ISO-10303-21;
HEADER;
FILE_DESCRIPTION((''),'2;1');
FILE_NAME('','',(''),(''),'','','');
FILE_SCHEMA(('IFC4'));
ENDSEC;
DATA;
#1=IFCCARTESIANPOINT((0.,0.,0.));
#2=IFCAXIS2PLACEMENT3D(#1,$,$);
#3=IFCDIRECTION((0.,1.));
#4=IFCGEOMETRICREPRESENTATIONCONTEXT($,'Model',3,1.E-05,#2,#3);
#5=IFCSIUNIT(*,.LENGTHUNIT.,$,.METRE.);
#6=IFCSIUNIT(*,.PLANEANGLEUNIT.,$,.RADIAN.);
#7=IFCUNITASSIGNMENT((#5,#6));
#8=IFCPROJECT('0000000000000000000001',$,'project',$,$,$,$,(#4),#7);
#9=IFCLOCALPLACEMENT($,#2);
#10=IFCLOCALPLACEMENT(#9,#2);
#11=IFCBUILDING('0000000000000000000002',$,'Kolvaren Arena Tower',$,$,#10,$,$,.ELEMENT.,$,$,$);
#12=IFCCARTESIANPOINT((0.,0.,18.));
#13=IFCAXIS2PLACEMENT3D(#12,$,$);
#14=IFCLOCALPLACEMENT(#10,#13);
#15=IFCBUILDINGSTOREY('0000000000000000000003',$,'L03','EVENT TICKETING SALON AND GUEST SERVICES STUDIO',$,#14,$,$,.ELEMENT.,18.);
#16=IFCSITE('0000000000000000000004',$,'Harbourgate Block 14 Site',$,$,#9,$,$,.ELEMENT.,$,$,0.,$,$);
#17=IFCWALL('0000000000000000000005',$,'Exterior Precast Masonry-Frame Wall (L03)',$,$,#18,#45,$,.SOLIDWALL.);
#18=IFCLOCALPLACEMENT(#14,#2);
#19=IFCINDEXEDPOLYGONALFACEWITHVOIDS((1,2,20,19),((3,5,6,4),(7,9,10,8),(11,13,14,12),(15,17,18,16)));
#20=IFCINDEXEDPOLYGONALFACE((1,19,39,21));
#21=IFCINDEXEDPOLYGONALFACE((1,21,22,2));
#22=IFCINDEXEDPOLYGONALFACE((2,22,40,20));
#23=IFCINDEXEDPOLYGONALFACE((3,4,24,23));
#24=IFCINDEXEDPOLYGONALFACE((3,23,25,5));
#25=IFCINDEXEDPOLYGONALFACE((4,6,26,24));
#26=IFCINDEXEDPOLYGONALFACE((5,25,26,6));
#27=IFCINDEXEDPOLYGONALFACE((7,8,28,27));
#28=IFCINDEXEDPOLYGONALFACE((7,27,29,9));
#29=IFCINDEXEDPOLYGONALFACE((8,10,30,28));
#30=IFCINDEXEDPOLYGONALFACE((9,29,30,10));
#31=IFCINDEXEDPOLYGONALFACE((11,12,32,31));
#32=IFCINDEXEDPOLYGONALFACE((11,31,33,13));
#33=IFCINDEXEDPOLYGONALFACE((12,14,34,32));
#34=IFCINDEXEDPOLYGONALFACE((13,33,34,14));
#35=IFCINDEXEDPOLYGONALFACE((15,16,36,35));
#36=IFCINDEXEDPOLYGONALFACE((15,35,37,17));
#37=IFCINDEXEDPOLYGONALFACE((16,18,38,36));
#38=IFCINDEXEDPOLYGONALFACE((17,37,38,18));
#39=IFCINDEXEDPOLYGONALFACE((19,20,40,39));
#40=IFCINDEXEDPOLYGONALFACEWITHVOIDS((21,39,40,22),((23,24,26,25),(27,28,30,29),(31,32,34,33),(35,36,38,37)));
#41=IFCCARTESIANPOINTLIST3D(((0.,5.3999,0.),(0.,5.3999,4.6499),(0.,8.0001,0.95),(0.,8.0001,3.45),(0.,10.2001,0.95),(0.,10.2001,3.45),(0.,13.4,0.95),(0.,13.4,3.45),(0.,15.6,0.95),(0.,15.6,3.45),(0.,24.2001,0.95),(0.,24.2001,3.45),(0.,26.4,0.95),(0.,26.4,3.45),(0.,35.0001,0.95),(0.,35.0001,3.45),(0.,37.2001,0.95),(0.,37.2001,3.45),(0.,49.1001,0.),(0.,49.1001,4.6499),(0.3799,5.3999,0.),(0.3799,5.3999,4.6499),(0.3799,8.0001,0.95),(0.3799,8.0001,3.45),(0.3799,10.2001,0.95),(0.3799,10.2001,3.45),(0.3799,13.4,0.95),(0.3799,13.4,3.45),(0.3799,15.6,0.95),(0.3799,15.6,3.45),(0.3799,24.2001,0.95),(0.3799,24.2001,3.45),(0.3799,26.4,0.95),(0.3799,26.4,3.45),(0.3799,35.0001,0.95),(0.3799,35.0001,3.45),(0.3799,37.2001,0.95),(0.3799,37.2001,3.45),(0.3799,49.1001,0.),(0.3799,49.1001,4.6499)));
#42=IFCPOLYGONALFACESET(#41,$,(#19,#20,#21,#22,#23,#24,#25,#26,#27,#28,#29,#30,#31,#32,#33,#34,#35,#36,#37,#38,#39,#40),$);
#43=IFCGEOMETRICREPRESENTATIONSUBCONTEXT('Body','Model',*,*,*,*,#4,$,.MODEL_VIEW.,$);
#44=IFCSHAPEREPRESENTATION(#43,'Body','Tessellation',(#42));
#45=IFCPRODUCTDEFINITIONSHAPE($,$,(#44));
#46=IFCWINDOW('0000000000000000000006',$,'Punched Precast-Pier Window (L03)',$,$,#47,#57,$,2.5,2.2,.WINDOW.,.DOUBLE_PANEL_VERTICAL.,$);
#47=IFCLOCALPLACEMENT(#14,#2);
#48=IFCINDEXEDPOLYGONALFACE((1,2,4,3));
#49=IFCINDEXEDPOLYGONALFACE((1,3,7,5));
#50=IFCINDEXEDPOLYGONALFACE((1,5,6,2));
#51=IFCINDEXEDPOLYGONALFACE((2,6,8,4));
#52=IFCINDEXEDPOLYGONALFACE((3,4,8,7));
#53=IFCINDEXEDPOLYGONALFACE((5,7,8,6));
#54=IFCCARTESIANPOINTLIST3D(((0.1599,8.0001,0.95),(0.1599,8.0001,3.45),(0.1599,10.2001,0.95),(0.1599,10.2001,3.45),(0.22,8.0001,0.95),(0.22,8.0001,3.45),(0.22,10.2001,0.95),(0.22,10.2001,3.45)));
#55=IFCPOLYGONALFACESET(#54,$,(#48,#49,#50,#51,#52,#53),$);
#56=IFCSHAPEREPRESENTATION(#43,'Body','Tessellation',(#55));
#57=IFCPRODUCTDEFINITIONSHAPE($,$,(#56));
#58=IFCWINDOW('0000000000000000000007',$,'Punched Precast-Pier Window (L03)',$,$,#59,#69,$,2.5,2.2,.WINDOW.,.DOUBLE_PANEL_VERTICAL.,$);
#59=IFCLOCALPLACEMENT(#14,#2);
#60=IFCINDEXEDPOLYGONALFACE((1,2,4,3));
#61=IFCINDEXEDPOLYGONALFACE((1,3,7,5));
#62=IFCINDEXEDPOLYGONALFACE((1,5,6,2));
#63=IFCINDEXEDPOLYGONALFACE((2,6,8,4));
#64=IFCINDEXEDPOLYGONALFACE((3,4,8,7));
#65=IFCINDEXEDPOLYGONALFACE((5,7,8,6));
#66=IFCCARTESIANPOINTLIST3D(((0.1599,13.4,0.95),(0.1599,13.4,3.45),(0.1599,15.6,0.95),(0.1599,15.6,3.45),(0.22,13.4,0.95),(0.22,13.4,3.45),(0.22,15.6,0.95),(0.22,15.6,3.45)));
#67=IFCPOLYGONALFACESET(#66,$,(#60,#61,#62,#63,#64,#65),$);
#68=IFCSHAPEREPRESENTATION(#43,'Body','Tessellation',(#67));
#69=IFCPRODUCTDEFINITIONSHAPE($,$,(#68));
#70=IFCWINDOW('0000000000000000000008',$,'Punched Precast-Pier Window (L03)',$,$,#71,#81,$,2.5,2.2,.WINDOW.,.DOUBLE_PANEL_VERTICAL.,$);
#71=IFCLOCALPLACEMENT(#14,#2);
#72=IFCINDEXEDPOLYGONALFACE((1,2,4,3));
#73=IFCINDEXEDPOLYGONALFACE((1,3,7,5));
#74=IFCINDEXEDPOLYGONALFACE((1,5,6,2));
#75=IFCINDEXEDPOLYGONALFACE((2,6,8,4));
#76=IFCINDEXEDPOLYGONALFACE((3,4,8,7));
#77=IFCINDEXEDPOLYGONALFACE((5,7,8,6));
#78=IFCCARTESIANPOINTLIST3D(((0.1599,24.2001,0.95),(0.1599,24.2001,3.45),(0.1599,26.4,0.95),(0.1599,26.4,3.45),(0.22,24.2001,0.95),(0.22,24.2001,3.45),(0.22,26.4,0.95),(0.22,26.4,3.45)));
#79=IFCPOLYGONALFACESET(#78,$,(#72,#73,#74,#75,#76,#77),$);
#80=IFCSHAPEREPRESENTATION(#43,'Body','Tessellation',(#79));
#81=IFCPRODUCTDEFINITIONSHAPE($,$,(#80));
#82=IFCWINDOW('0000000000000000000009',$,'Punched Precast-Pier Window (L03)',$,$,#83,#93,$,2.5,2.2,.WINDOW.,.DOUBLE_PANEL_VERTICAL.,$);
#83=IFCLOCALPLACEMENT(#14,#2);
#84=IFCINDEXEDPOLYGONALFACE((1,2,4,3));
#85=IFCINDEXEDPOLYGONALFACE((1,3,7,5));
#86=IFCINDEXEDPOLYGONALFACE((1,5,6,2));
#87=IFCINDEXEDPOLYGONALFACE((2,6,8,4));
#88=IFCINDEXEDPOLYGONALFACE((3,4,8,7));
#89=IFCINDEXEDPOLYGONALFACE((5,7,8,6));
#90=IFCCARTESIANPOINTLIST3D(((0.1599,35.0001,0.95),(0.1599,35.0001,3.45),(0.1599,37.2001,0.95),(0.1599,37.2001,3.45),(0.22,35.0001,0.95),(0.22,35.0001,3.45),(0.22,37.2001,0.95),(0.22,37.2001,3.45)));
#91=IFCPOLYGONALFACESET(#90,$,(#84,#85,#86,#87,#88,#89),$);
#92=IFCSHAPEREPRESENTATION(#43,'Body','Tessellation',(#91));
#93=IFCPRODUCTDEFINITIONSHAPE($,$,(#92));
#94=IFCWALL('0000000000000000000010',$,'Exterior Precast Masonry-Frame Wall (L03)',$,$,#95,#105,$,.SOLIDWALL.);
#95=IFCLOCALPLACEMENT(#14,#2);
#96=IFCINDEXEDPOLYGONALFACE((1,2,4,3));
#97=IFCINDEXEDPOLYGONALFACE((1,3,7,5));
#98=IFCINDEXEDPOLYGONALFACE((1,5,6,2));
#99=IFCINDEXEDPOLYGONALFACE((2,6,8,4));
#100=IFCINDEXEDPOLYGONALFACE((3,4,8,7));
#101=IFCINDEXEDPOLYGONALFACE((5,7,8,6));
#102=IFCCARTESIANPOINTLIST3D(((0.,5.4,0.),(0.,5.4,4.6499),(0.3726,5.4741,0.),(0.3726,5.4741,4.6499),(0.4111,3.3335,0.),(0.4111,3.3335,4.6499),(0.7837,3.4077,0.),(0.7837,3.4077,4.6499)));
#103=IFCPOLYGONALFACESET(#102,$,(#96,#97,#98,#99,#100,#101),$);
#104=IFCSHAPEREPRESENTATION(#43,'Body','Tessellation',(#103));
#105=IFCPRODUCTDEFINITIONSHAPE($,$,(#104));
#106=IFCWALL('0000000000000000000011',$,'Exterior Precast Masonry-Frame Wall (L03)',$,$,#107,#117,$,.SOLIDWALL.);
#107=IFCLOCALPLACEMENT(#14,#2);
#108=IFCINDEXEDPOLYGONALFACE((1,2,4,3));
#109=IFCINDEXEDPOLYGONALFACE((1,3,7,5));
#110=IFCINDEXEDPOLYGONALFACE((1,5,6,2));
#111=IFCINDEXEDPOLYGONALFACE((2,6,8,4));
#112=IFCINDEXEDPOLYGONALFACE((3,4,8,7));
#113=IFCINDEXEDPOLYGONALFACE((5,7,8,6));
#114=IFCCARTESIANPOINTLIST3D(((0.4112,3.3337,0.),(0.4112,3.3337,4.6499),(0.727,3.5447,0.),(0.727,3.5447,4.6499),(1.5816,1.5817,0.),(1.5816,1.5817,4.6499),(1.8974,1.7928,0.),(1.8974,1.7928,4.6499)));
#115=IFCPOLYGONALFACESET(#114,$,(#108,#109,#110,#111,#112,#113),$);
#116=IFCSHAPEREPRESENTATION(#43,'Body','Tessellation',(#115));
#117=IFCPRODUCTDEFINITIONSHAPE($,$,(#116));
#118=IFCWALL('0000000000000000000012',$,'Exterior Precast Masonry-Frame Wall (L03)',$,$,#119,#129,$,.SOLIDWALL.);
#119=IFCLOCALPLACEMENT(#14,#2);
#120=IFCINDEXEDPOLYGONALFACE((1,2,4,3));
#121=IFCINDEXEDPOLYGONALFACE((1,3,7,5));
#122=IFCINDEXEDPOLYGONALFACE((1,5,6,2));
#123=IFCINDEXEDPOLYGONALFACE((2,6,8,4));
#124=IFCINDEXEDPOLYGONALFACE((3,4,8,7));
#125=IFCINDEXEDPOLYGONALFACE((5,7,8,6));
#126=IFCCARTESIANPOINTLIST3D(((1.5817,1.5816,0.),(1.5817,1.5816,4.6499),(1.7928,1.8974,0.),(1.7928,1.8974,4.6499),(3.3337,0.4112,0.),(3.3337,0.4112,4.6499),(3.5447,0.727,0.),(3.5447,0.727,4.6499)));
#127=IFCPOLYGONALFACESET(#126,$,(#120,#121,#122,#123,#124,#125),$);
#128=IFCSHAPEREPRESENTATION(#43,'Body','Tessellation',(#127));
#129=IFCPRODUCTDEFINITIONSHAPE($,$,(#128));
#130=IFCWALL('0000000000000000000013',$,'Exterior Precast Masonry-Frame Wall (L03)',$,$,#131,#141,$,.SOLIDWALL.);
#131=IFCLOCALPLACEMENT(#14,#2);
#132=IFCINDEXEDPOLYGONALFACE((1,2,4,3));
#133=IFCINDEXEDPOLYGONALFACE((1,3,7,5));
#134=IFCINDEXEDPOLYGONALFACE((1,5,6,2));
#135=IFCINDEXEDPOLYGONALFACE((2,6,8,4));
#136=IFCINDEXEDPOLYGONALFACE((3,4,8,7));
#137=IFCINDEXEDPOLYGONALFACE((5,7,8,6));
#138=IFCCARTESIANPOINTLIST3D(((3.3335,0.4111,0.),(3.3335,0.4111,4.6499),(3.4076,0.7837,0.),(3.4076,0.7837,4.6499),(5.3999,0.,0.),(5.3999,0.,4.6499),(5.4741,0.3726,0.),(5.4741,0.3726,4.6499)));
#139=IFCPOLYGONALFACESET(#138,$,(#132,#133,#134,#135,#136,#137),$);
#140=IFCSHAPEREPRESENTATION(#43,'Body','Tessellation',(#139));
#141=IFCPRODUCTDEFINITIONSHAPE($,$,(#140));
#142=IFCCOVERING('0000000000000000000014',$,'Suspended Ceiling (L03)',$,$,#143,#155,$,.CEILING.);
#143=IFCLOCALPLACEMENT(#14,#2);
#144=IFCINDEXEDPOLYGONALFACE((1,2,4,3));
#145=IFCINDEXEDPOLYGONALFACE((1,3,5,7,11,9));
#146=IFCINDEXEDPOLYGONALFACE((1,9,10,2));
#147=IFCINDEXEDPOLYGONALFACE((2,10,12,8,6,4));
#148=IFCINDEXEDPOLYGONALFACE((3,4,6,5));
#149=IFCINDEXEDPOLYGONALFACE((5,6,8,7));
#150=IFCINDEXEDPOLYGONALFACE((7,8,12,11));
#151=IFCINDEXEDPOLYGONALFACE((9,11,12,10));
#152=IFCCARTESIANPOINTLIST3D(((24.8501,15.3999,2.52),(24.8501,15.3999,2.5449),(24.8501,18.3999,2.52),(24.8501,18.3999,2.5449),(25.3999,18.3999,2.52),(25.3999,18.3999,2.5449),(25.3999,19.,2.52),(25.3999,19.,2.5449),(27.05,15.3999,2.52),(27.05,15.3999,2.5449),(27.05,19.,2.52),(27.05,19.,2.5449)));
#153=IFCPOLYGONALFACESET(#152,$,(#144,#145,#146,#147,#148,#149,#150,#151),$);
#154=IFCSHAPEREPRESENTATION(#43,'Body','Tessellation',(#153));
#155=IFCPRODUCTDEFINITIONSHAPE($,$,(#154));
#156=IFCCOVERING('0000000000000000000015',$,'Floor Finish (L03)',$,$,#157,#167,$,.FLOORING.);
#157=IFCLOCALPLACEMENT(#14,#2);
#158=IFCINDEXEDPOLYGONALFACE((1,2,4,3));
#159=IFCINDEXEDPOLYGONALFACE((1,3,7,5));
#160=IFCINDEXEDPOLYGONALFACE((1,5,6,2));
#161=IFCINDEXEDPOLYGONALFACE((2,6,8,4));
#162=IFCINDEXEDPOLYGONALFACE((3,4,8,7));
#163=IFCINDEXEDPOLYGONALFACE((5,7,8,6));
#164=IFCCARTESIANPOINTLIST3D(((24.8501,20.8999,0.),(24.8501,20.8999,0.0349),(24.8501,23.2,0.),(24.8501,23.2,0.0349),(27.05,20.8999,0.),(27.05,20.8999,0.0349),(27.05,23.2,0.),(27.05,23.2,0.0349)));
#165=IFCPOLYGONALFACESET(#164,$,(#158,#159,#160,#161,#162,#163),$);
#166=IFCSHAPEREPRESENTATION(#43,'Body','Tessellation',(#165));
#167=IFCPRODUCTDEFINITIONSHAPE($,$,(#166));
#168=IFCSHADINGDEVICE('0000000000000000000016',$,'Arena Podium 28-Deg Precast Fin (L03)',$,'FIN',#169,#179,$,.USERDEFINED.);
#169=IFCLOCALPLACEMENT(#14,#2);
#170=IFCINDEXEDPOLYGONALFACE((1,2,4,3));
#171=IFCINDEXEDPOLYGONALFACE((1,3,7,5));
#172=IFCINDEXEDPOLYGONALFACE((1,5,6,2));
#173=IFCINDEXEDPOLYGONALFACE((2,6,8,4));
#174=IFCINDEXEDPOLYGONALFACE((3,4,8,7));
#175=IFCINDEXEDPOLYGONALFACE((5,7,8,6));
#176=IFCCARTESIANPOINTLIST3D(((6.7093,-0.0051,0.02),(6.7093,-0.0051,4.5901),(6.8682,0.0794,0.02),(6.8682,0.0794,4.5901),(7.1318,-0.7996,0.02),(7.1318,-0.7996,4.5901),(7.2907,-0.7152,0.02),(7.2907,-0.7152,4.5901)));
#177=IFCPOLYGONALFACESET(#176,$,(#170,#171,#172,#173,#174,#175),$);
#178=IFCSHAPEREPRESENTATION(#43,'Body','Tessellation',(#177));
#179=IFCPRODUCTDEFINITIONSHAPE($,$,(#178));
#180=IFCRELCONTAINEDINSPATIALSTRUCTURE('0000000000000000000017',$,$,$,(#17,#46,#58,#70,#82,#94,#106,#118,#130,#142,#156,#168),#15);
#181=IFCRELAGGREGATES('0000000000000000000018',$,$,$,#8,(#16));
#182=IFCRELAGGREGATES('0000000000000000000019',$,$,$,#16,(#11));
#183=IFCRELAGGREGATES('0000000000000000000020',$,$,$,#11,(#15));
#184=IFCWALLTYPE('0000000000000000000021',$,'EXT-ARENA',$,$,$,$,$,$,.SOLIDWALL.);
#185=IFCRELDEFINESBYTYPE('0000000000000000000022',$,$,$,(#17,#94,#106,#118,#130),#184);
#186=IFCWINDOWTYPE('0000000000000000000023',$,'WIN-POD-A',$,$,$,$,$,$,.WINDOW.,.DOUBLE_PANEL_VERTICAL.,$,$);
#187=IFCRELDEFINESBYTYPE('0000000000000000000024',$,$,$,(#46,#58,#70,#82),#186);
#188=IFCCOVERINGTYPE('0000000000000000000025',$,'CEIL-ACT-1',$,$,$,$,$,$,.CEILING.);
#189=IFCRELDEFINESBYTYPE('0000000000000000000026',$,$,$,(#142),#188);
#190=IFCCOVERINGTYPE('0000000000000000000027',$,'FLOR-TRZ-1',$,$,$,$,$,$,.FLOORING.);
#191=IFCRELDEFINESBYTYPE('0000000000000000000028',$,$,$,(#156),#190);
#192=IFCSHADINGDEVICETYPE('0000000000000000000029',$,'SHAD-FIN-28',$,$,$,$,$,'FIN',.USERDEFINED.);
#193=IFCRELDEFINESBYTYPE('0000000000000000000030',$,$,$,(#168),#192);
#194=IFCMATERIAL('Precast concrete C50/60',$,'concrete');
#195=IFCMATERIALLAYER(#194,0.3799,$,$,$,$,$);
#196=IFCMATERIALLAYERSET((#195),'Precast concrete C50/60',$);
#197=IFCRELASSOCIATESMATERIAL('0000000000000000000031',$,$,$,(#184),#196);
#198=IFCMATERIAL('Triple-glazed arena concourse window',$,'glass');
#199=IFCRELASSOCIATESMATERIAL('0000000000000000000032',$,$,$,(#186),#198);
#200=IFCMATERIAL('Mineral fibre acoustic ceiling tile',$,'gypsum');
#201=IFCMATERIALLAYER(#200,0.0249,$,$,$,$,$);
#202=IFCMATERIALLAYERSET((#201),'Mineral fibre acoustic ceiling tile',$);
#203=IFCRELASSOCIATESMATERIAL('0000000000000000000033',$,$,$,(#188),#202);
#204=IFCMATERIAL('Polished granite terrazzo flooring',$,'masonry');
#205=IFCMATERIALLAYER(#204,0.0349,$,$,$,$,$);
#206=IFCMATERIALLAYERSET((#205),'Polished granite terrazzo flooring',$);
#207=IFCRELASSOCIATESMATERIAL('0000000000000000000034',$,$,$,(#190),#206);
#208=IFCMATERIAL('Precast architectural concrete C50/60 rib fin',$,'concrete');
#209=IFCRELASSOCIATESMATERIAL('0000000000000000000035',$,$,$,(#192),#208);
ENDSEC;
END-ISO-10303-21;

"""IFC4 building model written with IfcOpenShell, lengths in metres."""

from ifc_helpers import new_model, si_unit, direction, frame, frame_2d, origin, origin_2d, place, context, subcontext, project, spatial, polyline, rectangle, outline, extrude, material, layer, layer_set, type_object, element, fill, save


model = new_model("IFC4")

# Units and contexts
model_context = context("Model", 3, precision=1e-05, world=origin(), true_north=direction((0.0, 1.0)))
body_context = subcontext(model_context, "Body", "Model", "MODEL_VIEW")
ifc_project = project(units=[si_unit("LENGTHUNIT", "METRE"), si_unit("PLANEANGLEUNIT", "RADIAN")], contexts=[model_context])

# Site, building, storey
site_placement = place(None, origin())
site = spatial("IfcSite", under=ifc_project, at=site_placement, Name="Harbourgate Block 14 Site", CompositionType="ELEMENT", RefElevation=0.0)
building_placement = place(site_placement, origin())
building = spatial("IfcBuilding", under=site, at=building_placement, Name="Kolvaren Arena Tower", CompositionType="ELEMENT")
storey_placement = place(building_placement, frame((0.0, 0.0, 18.0)))
storey = spatial("IfcBuildingStorey", under=building, at=storey_placement, Name="L03", Description="EVENT TICKETING SALON AND GUEST SERVICES STUDIO", CompositionType="ELEMENT", Elevation=18.0)

# Wall, openings, windows
ifc_material_1 = material(Name="Precast concrete C50/60", Category="concrete")
ifc_layer_1 = layer(ifc_material_1, 0.3799)
ifc_layer_set_1 = layer_set([ifc_layer_1], Name="Precast concrete C50/60")
wall_type = type_object("IfcWallType", Name="EXT-ARENA", PredefinedType="SOLIDWALL", material=ifc_layer_set_1)
wall_placement = place(storey_placement, frame((0.1899, 5.3999, 0.0), z_axis=(0.0, 0.0, 1.0), x_axis=(0.0, 1.0, 0.0)))
wall = element("IfcWall", 1, at=wall_placement, inside=storey, type_object=wall_type, Name="Exterior Precast Masonry-Frame Wall (L03)", PredefinedType="SOLIDWALL", context=body_context, shape_type="SweptSolid", body=[
    extrude(rectangle(XDim=43.7002, YDim=0.3799, at=frame_2d((21.8501, 0.0))), origin(), (0.0, 0.0, 1.0), 4.6499),
])
opening_1_placement = place(wall_placement, frame((2.6001, 0.0, 0.95)))
opening_1 = element("IfcOpeningElement", 2, at=opening_1_placement, cuts=wall, PredefinedType="OPENING", context=body_context, shape_type="SweptSolid", body=[
    extrude(rectangle(XDim=2.2, YDim=2.5, at=frame_2d((1.1001, 1.25))), frame((0.0, 0.2, 0.0), z_axis=(0.0, -1.0, 0.0), x_axis=(1.0, 0.0, 0.0)), (0.0, 0.0, 1.0), 0.3999),
])
opening_2_placement = place(wall_placement, frame((8.0, 0.0, 0.95)))
opening_2 = element("IfcOpeningElement", 3, at=opening_2_placement, cuts=wall, PredefinedType="OPENING", context=body_context, shape_type="SweptSolid", body=[
    extrude(rectangle(XDim=2.2, YDim=2.5, at=frame_2d((1.1001, 1.25))), frame((0.0, 0.2, 0.0), z_axis=(0.0, -1.0, 0.0), x_axis=(1.0, 0.0, 0.0)), (0.0, 0.0, 1.0), 0.3999),
])
opening_3_placement = place(wall_placement, frame((18.8, 0.0, 0.95)))
opening_3 = element("IfcOpeningElement", 4, at=opening_3_placement, cuts=wall, PredefinedType="OPENING", context=body_context, shape_type="SweptSolid", body=[
    extrude(rectangle(XDim=2.2, YDim=2.5, at=frame_2d((1.1001, 1.25))), frame((0.0, 0.2, 0.0), z_axis=(0.0, -1.0, 0.0), x_axis=(1.0, 0.0, 0.0)), (0.0, 0.0, 1.0), 0.3999),
])
opening_4_placement = place(wall_placement, frame((29.6001, 0.0, 0.95)))
opening_4 = element("IfcOpeningElement", 5, at=opening_4_placement, cuts=wall, PredefinedType="OPENING", context=body_context, shape_type="SweptSolid", body=[
    extrude(rectangle(XDim=2.2, YDim=2.5, at=frame_2d((1.1001, 1.25))), frame((0.0, 0.2, 0.0), z_axis=(0.0, -1.0, 0.0), x_axis=(1.0, 0.0, 0.0)), (0.0, 0.0, 1.0), 0.3999),
])
ifc_material_2 = material(Name="Triple-glazed arena concourse window", Category="glass")
window_type = type_object("IfcWindowType", Name="WIN-POD-A", PartitioningType="DOUBLE_PANEL_VERTICAL", PredefinedType="WINDOW", material=ifc_material_2)
window_1_placement = place(opening_1_placement, origin())
window_1 = element("IfcWindow", 6, at=window_1_placement, inside=storey, type_object=window_type, Name="Punched Precast-Pier Window (L03)", OverallHeight=2.5, OverallWidth=2.2, PartitioningType="DOUBLE_PANEL_VERTICAL", PredefinedType="WINDOW", context=body_context, shape_type="SweptSolid", body=[
    extrude(rectangle(XDim=2.2, YDim=2.5, at=frame_2d((1.1001, 1.25))), frame((0.0, 0.03, 0.0), z_axis=(0.0, -1.0, 0.0), x_axis=(1.0, 0.0, 0.0)), (0.0, 0.0, 1.0), 0.0601),
])
fill(opening_1, window_1)
window_2_placement = place(opening_2_placement, origin())
window_2 = element("IfcWindow", 7, at=window_2_placement, inside=storey, type_object=window_type, Name="Punched Precast-Pier Window (L03)", OverallHeight=2.5, OverallWidth=2.2, PartitioningType="DOUBLE_PANEL_VERTICAL", PredefinedType="WINDOW", context=body_context, shape_type="SweptSolid", body=[
    extrude(rectangle(XDim=2.2, YDim=2.5, at=frame_2d((1.1001, 1.25))), frame((0.0, 0.03, 0.0), z_axis=(0.0, -1.0, 0.0), x_axis=(1.0, 0.0, 0.0)), (0.0, 0.0, 1.0), 0.0601),
])
fill(opening_2, window_2)
window_3_placement = place(opening_3_placement, origin())
window_3 = element("IfcWindow", 8, at=window_3_placement, inside=storey, type_object=window_type, Name="Punched Precast-Pier Window (L03)", OverallHeight=2.5, OverallWidth=2.2, PartitioningType="DOUBLE_PANEL_VERTICAL", PredefinedType="WINDOW", context=body_context, shape_type="SweptSolid", body=[
    extrude(rectangle(XDim=2.2, YDim=2.5, at=frame_2d((1.1001, 1.25))), frame((0.0, 0.03, 0.0), z_axis=(0.0, -1.0, 0.0), x_axis=(1.0, 0.0, 0.0)), (0.0, 0.0, 1.0), 0.0601),
])
fill(opening_3, window_3)
window_4_placement = place(opening_4_placement, origin())
window_4 = element("IfcWindow", 9, at=window_4_placement, inside=storey, type_object=window_type, Name="Punched Precast-Pier Window (L03)", OverallHeight=2.5, OverallWidth=2.2, PartitioningType="DOUBLE_PANEL_VERTICAL", PredefinedType="WINDOW", context=body_context, shape_type="SweptSolid", body=[
    extrude(rectangle(XDim=2.2, YDim=2.5, at=frame_2d((1.1001, 1.25))), frame((0.0, 0.03, 0.0), z_axis=(0.0, -1.0, 0.0), x_axis=(1.0, 0.0, 0.0)), (0.0, 0.0, 1.0), 0.0601),
])
fill(opening_4, window_4)

# Walls
for number, where, z_axis, x_axis, name in (
    (10, (0.5974, 3.3706, 0.0), (0.0, 0.0, 1.0), (-0.195136, 0.980776, 0.0), "Exterior Precast Masonry-Frame Wall (L03)"),
    (11, (1.7395, 1.6873, 0.0), (0.0, 0.0, 1.0), (-0.555502, 0.831515, 0.0), "Exterior Precast Masonry-Frame Wall (L03)"),
    (12, (3.4392, 0.5691, 0.0), (0.0, 0.0, 1.0), (-0.831515, 0.555502, 0.0), "Exterior Precast Masonry-Frame Wall (L03)"),
    (13, (5.437, 0.1863, 0.0), (0.0, 0.0, 1.0), (-0.980776, 0.195136, 0.0), "Exterior Precast Masonry-Frame Wall (L03)"),
):
    element("IfcWall", number, at=place(storey_placement, frame(where, z_axis=z_axis, x_axis=x_axis)), inside=storey, type_object=wall_type, Name=name, PredefinedType="SOLIDWALL", context=body_context, shape_type="SweptSolid", body=[
        extrude(rectangle(XDim=2.1069, YDim=0.3799, at=frame_2d((1.0535, 0.0))), origin(), (0.0, 0.0, 1.0), 4.6499),
    ])

# Coverings
ifc_material_3 = material(Name="Mineral fibre acoustic ceiling tile", Category="gypsum")
ifc_layer_2 = layer(ifc_material_3, 0.0249)
ifc_layer_set_2 = layer_set([ifc_layer_2], Name="Mineral fibre acoustic ceiling tile")
covering_type_1 = type_object("IfcCoveringType", Name="CEIL-ACT-1", PredefinedType="CEILING", material=ifc_layer_set_2)
covering_1_placement = place(storey_placement, frame((0.0, 0.0, 2.52)))
element("IfcCovering", 14, at=covering_1_placement, inside=storey, type_object=covering_type_1, Name="Suspended Ceiling (L03)", PredefinedType="CEILING", context=body_context, shape_type="SweptSolid", body=[
    extrude(outline(polyline([(27.05, 19.0), (27.05, 15.3999), (24.8501, 15.3999), (24.8501, 18.3999), (25.3999, 18.3999), (25.3999, 19.0), (27.05, 19.0)])), origin(), (0.0, 0.0, 1.0), 0.0249),
])
ifc_material_4 = material(Name="Polished granite terrazzo flooring", Category="masonry")
ifc_layer_3 = layer(ifc_material_4, 0.0349)
ifc_layer_set_3 = layer_set([ifc_layer_3], Name="Polished granite terrazzo flooring")
covering_type_2 = type_object("IfcCoveringType", Name="FLOR-TRZ-1", PredefinedType="FLOORING", material=ifc_layer_set_3)
covering_2_placement = place(storey_placement, origin())
element("IfcCovering", 15, at=covering_2_placement, inside=storey, type_object=covering_type_2, Name="Floor Finish (L03)", PredefinedType="FLOORING", context=body_context, shape_type="SweptSolid", body=[
    extrude(outline(polyline([(24.8501, 20.8999), (24.8501, 23.2), (27.05, 23.2), (27.05, 20.8999), (24.8501, 20.8999)])), origin(), (0.0, 0.0, 1.0), 0.0349),
])

# Shading device
ifc_material_5 = material(Name="Precast architectural concrete C50/60 rib fin", Category="concrete")
shading_device_type = type_object("IfcShadingDeviceType", Name="SHAD-FIN-28", ElementType="FIN", PredefinedType="USERDEFINED", material=ifc_material_5)
shading_device_placement = place(storey_placement, frame((7.0, -0.3601, 0.02), z_axis=(0.0, 0.0, 1.0), x_axis=(0.469472, -0.882948, 0.0)))
element("IfcShadingDevice", 16, at=shading_device_placement, inside=storey, type_object=shading_device_type, Name="Arena Podium 28-Deg Precast Fin (L03)", ObjectType="FIN", PredefinedType="USERDEFINED", context=body_context, shape_type="SweptSolid", body=[
    extrude(rectangle(XDim=0.8999, YDim=0.1799, at=origin_2d()), origin(), (0.0, 0.0, 1.0), 4.5701),
])

save(model, "model.ifc")
